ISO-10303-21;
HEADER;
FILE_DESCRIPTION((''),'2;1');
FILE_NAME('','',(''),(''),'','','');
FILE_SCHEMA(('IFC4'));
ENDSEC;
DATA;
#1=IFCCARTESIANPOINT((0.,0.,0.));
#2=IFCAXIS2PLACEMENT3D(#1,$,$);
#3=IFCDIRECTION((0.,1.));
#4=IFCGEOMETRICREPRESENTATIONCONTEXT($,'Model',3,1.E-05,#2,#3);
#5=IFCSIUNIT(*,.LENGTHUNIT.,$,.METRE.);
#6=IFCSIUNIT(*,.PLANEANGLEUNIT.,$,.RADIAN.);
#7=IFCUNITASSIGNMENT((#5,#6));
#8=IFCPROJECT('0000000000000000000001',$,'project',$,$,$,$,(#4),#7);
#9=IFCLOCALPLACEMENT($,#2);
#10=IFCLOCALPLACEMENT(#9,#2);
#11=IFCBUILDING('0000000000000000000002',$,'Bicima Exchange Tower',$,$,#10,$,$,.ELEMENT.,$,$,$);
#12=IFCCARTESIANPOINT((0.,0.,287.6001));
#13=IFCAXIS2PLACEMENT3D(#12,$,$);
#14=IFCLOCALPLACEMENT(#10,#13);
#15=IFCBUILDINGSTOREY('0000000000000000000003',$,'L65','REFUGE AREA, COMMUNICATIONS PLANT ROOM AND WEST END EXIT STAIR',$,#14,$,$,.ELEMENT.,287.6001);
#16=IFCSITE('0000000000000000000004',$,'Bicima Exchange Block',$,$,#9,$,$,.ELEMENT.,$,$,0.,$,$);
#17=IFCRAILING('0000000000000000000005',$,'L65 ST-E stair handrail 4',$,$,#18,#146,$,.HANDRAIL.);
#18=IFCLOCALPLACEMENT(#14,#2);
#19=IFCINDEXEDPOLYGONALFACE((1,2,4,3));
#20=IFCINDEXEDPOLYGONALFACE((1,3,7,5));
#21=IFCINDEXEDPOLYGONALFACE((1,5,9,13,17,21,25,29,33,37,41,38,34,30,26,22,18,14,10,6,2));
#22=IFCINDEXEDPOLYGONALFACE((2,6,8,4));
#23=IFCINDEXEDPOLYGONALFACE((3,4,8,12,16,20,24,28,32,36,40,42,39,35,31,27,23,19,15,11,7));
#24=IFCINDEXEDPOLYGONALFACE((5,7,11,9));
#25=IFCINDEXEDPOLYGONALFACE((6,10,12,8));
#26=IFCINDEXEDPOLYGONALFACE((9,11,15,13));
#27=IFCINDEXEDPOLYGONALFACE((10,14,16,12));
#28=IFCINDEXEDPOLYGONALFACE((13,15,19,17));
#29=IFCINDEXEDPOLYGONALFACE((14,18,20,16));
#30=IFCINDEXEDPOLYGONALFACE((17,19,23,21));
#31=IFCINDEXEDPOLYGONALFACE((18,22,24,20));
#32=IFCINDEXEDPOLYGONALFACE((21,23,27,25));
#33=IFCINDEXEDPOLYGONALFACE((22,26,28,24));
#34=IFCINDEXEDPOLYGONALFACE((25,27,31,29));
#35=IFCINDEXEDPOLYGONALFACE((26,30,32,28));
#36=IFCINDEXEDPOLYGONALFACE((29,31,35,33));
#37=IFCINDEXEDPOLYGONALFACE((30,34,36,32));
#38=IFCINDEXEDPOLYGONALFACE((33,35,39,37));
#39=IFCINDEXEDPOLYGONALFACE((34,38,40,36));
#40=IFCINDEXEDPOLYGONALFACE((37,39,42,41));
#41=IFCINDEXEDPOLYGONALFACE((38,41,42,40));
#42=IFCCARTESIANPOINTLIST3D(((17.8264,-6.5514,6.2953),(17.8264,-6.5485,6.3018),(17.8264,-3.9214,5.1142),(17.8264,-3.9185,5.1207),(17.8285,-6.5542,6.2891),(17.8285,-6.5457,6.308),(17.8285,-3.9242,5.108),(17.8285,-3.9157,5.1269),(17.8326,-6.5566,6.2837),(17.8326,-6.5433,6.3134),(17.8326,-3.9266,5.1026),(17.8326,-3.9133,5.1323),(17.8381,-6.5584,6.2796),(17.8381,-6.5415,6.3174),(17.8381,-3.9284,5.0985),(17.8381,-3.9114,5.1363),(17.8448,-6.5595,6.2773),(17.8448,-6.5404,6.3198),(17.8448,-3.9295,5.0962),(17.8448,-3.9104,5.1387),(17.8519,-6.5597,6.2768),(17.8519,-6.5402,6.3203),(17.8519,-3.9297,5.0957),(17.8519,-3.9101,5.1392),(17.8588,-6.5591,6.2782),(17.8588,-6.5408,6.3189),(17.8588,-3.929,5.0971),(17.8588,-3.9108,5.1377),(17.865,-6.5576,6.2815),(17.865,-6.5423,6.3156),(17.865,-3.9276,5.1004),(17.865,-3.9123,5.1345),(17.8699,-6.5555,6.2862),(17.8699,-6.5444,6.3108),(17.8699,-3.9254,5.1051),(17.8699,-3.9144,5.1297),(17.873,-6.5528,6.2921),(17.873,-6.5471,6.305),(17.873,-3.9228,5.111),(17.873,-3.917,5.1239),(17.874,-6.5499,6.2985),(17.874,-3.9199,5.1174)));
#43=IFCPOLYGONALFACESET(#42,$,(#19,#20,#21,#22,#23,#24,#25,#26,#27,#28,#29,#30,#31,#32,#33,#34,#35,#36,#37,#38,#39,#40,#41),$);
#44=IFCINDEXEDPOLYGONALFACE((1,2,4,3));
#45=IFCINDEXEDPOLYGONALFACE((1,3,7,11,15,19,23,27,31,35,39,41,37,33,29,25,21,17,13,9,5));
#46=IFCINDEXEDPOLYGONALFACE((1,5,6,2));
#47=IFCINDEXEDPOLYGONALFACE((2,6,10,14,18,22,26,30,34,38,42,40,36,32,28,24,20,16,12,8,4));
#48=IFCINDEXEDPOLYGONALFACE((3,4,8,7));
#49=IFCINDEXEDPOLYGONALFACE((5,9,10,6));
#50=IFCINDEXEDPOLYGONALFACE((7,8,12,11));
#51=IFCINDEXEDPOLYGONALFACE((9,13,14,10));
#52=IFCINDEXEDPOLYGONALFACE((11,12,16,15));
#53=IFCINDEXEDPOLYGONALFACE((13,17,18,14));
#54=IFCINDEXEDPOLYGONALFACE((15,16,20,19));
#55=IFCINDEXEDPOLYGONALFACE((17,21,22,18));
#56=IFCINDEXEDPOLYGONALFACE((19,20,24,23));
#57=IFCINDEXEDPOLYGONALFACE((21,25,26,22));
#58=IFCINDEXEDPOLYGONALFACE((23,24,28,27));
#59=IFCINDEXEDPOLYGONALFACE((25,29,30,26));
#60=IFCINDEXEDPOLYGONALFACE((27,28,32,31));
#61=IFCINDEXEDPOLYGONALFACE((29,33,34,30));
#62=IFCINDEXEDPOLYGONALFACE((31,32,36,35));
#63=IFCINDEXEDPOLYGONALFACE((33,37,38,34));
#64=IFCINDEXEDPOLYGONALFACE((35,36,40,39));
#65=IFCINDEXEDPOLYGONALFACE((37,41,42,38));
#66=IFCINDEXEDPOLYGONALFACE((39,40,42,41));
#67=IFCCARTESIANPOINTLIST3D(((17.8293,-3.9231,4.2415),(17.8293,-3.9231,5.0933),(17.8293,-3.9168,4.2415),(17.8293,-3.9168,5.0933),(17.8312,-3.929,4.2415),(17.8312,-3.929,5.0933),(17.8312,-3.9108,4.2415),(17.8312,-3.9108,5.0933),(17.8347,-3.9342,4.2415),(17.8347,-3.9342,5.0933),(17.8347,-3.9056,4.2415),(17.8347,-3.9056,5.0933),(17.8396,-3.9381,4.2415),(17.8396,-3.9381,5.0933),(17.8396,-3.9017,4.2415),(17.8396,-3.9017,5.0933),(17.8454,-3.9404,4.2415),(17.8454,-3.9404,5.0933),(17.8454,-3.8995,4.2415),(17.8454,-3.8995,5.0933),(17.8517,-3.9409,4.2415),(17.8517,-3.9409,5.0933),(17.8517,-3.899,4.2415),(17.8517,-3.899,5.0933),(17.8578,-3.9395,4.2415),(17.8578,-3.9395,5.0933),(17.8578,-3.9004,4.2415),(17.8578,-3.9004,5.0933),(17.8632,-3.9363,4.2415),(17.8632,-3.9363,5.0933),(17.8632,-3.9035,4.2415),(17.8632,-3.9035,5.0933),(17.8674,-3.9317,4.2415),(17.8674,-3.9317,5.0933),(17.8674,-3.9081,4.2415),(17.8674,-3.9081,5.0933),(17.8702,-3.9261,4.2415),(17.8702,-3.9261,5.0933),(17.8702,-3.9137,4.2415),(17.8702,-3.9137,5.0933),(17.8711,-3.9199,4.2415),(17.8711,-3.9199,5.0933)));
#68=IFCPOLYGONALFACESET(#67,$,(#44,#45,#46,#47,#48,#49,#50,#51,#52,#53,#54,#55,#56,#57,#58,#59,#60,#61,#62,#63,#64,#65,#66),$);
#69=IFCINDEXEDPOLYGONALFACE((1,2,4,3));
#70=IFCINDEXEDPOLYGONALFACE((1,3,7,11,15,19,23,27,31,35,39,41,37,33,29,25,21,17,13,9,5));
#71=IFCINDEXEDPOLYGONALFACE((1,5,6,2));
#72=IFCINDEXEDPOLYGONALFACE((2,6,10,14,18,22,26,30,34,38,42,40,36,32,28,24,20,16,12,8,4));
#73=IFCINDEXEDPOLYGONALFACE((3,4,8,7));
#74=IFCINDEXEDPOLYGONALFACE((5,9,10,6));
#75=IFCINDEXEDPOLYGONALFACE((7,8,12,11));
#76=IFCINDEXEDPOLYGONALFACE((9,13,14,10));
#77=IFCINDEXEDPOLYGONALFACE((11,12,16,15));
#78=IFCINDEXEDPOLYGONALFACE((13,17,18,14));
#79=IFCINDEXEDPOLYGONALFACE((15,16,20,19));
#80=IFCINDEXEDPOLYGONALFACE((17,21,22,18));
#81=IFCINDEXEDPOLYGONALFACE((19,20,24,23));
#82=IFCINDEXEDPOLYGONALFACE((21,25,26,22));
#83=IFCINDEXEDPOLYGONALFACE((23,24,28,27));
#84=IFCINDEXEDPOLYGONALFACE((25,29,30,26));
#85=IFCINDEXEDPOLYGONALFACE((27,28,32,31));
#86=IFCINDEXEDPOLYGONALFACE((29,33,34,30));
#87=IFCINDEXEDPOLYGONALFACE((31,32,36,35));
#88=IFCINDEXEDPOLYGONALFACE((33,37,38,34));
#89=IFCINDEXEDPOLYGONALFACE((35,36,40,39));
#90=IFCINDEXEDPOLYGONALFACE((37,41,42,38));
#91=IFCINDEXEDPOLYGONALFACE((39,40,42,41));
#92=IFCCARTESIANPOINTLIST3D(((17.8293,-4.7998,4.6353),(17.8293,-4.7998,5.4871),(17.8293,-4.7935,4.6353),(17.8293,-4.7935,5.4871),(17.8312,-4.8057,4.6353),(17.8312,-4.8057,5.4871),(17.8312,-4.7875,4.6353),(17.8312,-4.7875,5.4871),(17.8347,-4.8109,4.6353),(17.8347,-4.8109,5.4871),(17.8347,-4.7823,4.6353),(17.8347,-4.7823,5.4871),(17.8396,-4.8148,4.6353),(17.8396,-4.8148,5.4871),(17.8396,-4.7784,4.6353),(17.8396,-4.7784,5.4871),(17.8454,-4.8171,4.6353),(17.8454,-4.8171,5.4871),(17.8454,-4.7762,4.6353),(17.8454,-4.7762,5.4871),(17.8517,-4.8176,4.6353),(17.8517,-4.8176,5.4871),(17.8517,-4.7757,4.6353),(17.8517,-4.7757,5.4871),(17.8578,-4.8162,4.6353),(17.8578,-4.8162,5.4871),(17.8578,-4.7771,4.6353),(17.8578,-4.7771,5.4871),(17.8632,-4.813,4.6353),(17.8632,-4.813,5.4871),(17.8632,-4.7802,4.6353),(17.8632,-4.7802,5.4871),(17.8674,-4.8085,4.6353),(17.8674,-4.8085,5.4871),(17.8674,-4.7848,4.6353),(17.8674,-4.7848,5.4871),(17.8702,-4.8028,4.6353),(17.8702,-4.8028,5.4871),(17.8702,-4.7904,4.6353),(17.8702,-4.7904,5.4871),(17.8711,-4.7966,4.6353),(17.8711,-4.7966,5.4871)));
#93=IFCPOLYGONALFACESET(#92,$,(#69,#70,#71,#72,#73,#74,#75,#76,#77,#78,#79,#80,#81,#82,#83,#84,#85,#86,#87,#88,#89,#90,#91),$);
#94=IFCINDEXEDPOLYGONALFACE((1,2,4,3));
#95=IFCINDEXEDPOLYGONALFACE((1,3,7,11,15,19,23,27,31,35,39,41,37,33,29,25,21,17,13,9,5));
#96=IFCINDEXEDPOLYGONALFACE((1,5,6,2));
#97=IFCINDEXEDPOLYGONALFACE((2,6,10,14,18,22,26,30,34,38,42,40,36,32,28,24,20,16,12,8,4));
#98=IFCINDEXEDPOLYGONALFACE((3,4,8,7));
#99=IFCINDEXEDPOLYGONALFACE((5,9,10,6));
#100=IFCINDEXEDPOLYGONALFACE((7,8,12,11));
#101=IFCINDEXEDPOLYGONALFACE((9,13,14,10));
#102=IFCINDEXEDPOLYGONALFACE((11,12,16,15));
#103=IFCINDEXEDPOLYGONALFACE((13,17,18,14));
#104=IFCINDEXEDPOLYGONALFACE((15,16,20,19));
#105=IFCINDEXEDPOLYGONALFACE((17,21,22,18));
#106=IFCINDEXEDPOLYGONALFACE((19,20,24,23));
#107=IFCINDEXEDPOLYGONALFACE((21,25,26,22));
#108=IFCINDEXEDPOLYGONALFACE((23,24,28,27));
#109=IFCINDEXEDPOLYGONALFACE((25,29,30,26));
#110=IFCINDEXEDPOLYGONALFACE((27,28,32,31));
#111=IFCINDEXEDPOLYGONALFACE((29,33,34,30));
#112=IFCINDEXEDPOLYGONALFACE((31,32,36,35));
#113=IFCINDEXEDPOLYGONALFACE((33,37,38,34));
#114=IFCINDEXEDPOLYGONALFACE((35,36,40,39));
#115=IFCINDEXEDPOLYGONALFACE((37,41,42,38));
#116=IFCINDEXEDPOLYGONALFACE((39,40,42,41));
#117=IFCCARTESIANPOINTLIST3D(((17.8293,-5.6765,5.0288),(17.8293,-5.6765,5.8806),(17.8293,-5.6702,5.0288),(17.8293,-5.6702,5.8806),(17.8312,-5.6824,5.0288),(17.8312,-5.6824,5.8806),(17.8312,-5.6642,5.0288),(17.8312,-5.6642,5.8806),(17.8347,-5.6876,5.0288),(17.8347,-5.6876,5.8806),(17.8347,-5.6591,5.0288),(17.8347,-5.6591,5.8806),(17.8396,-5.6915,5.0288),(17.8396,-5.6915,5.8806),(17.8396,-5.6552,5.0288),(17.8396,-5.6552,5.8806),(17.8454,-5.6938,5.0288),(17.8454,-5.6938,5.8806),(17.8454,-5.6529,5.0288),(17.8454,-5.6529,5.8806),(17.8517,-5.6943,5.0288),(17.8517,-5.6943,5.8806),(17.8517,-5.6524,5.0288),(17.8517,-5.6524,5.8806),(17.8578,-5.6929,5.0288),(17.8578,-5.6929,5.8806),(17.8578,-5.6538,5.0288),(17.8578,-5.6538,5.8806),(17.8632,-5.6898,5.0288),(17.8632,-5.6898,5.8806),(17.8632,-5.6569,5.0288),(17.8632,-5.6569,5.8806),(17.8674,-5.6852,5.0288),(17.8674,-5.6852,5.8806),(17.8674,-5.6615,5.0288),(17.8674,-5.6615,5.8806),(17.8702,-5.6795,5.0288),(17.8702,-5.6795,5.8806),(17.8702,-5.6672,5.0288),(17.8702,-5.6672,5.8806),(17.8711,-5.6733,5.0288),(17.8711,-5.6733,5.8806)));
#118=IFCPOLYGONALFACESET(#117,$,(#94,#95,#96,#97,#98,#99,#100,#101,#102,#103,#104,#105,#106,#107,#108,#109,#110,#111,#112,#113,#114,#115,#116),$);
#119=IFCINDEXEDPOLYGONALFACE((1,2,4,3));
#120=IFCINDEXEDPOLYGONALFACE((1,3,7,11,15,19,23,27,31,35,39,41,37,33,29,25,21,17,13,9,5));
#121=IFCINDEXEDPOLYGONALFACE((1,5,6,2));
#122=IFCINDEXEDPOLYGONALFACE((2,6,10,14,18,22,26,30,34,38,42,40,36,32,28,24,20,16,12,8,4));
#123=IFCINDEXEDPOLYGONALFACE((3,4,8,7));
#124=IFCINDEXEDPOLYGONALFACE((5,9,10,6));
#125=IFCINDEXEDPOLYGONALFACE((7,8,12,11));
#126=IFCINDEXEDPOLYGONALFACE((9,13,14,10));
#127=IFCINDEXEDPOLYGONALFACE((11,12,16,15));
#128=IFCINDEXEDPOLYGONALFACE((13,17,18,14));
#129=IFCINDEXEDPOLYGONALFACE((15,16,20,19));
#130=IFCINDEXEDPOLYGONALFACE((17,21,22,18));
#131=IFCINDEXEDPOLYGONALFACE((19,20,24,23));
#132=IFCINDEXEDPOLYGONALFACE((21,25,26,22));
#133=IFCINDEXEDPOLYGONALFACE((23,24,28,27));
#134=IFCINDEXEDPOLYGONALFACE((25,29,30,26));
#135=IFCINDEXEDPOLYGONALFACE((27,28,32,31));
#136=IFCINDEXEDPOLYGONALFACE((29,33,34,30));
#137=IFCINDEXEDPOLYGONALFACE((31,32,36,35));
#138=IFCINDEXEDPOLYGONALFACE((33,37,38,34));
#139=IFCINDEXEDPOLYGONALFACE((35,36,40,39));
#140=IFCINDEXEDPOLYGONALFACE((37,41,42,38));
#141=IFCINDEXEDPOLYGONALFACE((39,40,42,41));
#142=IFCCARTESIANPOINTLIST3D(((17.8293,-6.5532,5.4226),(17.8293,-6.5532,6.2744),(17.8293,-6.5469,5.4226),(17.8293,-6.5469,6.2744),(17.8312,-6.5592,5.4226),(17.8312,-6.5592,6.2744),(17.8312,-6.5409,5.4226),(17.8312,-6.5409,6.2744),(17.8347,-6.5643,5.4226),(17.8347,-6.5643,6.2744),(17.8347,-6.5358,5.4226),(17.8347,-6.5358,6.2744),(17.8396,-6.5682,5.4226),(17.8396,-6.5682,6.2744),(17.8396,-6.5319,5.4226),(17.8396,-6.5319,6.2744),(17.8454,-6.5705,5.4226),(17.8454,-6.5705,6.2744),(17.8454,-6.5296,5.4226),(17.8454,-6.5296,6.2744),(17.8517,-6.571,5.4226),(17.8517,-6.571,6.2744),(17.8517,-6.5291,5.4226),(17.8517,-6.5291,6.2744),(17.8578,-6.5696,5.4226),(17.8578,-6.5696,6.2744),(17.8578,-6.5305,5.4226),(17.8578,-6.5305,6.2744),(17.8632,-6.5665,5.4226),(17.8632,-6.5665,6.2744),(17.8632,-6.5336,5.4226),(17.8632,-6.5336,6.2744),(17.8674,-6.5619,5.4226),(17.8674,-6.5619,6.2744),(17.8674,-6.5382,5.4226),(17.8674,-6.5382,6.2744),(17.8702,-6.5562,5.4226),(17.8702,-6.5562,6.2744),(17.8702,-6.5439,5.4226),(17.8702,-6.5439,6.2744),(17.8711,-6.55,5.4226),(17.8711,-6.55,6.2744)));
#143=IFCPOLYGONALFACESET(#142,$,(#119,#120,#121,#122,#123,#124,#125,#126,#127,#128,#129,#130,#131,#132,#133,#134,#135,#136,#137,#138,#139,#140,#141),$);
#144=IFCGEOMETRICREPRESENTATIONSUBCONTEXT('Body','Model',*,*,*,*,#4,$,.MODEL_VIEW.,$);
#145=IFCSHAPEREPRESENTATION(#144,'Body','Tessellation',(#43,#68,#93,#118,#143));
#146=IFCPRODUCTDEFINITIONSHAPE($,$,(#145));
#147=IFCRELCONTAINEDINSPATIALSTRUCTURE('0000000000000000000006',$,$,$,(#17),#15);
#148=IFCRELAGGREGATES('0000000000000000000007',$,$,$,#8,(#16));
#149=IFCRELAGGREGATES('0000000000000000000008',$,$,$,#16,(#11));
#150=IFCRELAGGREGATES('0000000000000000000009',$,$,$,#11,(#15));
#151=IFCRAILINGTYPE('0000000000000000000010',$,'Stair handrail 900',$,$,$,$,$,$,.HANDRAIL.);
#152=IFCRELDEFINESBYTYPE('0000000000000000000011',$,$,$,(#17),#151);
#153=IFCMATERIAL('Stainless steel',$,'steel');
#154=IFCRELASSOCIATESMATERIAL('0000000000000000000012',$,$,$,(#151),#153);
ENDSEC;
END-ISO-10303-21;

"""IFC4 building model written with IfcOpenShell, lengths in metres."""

from ifc_helpers import new_model, si_unit, direction, frame, origin, origin_2d, place, context, subcontext, project, spatial, circle, extrude, material, type_object, element, save


model = new_model("IFC4")

# Units and contexts
model_context = context("Model", 3, precision=1e-05, world=origin(), true_north=direction((0.0, 1.0)))
body_context = subcontext(model_context, "Body", "Model", "MODEL_VIEW")
ifc_project = project(units=[si_unit("LENGTHUNIT", "METRE"), si_unit("PLANEANGLEUNIT", "RADIAN")], contexts=[model_context])

# Site, building, storey
site_placement = place(None, origin())
site = spatial("IfcSite", under=ifc_project, at=site_placement, Name="Bicima Exchange Block", CompositionType="ELEMENT", RefElevation=0.0)
building_placement = place(site_placement, origin())
building = spatial("IfcBuilding", under=site, at=building_placement, Name="Bicima Exchange Tower", CompositionType="ELEMENT")
storey_placement = place(building_placement, frame((0.0, 0.0, 287.6001)))
storey = spatial("IfcBuildingStorey", under=building, at=storey_placement, Name="L65", Description="REFUGE AREA, COMMUNICATIONS PLANT ROOM AND WEST END EXIT STAIR", CompositionType="ELEMENT", Elevation=287.6001)

# Railing
ifc_material_1 = material(Name="Stainless steel", Category="steel")
railing_type_1 = type_object("IfcRailingType", Name="Stair handrail 900", PredefinedType="HANDRAIL", material=ifc_material_1)
railing_1_placement = place(storey_placement, frame((17.8501, -3.9199, 4.2415)))
element("IfcRailing", 1, at=railing_1_placement, inside=storey, type_object=railing_type_1, Name="L65 ST-E stair handrail 4", PredefinedType="HANDRAIL", context=body_context, shape_type="SweptSolid", body=[
    extrude(circle(Radius=0.0239, at=origin_2d()), frame((0.0, 0.0, 0.876), z_axis=(0.0, -0.912233, 0.409671), x_axis=(1.0, 0.0, 0.0)), (0.0, 0.0, 1.0), 2.8831),
    extrude(circle(Radius=0.021, at=origin_2d()), origin(), (0.0, 0.0, 1.0), 0.8518),
    extrude(circle(Radius=0.021, at=origin_2d()), frame((0.0, -0.8767, 0.3938)), (0.0, 0.0, 1.0), 0.8518),
    extrude(circle(Radius=0.021, at=origin_2d()), frame((0.0, -1.7534, 0.7874)), (0.0, 0.0, 1.0), 0.8518),
    extrude(circle(Radius=0.021, at=origin_2d()), frame((0.0, -2.6301, 1.1812)), (0.0, 0.0, 1.0), 0.8518),
])

save(model, "model.ifc")
